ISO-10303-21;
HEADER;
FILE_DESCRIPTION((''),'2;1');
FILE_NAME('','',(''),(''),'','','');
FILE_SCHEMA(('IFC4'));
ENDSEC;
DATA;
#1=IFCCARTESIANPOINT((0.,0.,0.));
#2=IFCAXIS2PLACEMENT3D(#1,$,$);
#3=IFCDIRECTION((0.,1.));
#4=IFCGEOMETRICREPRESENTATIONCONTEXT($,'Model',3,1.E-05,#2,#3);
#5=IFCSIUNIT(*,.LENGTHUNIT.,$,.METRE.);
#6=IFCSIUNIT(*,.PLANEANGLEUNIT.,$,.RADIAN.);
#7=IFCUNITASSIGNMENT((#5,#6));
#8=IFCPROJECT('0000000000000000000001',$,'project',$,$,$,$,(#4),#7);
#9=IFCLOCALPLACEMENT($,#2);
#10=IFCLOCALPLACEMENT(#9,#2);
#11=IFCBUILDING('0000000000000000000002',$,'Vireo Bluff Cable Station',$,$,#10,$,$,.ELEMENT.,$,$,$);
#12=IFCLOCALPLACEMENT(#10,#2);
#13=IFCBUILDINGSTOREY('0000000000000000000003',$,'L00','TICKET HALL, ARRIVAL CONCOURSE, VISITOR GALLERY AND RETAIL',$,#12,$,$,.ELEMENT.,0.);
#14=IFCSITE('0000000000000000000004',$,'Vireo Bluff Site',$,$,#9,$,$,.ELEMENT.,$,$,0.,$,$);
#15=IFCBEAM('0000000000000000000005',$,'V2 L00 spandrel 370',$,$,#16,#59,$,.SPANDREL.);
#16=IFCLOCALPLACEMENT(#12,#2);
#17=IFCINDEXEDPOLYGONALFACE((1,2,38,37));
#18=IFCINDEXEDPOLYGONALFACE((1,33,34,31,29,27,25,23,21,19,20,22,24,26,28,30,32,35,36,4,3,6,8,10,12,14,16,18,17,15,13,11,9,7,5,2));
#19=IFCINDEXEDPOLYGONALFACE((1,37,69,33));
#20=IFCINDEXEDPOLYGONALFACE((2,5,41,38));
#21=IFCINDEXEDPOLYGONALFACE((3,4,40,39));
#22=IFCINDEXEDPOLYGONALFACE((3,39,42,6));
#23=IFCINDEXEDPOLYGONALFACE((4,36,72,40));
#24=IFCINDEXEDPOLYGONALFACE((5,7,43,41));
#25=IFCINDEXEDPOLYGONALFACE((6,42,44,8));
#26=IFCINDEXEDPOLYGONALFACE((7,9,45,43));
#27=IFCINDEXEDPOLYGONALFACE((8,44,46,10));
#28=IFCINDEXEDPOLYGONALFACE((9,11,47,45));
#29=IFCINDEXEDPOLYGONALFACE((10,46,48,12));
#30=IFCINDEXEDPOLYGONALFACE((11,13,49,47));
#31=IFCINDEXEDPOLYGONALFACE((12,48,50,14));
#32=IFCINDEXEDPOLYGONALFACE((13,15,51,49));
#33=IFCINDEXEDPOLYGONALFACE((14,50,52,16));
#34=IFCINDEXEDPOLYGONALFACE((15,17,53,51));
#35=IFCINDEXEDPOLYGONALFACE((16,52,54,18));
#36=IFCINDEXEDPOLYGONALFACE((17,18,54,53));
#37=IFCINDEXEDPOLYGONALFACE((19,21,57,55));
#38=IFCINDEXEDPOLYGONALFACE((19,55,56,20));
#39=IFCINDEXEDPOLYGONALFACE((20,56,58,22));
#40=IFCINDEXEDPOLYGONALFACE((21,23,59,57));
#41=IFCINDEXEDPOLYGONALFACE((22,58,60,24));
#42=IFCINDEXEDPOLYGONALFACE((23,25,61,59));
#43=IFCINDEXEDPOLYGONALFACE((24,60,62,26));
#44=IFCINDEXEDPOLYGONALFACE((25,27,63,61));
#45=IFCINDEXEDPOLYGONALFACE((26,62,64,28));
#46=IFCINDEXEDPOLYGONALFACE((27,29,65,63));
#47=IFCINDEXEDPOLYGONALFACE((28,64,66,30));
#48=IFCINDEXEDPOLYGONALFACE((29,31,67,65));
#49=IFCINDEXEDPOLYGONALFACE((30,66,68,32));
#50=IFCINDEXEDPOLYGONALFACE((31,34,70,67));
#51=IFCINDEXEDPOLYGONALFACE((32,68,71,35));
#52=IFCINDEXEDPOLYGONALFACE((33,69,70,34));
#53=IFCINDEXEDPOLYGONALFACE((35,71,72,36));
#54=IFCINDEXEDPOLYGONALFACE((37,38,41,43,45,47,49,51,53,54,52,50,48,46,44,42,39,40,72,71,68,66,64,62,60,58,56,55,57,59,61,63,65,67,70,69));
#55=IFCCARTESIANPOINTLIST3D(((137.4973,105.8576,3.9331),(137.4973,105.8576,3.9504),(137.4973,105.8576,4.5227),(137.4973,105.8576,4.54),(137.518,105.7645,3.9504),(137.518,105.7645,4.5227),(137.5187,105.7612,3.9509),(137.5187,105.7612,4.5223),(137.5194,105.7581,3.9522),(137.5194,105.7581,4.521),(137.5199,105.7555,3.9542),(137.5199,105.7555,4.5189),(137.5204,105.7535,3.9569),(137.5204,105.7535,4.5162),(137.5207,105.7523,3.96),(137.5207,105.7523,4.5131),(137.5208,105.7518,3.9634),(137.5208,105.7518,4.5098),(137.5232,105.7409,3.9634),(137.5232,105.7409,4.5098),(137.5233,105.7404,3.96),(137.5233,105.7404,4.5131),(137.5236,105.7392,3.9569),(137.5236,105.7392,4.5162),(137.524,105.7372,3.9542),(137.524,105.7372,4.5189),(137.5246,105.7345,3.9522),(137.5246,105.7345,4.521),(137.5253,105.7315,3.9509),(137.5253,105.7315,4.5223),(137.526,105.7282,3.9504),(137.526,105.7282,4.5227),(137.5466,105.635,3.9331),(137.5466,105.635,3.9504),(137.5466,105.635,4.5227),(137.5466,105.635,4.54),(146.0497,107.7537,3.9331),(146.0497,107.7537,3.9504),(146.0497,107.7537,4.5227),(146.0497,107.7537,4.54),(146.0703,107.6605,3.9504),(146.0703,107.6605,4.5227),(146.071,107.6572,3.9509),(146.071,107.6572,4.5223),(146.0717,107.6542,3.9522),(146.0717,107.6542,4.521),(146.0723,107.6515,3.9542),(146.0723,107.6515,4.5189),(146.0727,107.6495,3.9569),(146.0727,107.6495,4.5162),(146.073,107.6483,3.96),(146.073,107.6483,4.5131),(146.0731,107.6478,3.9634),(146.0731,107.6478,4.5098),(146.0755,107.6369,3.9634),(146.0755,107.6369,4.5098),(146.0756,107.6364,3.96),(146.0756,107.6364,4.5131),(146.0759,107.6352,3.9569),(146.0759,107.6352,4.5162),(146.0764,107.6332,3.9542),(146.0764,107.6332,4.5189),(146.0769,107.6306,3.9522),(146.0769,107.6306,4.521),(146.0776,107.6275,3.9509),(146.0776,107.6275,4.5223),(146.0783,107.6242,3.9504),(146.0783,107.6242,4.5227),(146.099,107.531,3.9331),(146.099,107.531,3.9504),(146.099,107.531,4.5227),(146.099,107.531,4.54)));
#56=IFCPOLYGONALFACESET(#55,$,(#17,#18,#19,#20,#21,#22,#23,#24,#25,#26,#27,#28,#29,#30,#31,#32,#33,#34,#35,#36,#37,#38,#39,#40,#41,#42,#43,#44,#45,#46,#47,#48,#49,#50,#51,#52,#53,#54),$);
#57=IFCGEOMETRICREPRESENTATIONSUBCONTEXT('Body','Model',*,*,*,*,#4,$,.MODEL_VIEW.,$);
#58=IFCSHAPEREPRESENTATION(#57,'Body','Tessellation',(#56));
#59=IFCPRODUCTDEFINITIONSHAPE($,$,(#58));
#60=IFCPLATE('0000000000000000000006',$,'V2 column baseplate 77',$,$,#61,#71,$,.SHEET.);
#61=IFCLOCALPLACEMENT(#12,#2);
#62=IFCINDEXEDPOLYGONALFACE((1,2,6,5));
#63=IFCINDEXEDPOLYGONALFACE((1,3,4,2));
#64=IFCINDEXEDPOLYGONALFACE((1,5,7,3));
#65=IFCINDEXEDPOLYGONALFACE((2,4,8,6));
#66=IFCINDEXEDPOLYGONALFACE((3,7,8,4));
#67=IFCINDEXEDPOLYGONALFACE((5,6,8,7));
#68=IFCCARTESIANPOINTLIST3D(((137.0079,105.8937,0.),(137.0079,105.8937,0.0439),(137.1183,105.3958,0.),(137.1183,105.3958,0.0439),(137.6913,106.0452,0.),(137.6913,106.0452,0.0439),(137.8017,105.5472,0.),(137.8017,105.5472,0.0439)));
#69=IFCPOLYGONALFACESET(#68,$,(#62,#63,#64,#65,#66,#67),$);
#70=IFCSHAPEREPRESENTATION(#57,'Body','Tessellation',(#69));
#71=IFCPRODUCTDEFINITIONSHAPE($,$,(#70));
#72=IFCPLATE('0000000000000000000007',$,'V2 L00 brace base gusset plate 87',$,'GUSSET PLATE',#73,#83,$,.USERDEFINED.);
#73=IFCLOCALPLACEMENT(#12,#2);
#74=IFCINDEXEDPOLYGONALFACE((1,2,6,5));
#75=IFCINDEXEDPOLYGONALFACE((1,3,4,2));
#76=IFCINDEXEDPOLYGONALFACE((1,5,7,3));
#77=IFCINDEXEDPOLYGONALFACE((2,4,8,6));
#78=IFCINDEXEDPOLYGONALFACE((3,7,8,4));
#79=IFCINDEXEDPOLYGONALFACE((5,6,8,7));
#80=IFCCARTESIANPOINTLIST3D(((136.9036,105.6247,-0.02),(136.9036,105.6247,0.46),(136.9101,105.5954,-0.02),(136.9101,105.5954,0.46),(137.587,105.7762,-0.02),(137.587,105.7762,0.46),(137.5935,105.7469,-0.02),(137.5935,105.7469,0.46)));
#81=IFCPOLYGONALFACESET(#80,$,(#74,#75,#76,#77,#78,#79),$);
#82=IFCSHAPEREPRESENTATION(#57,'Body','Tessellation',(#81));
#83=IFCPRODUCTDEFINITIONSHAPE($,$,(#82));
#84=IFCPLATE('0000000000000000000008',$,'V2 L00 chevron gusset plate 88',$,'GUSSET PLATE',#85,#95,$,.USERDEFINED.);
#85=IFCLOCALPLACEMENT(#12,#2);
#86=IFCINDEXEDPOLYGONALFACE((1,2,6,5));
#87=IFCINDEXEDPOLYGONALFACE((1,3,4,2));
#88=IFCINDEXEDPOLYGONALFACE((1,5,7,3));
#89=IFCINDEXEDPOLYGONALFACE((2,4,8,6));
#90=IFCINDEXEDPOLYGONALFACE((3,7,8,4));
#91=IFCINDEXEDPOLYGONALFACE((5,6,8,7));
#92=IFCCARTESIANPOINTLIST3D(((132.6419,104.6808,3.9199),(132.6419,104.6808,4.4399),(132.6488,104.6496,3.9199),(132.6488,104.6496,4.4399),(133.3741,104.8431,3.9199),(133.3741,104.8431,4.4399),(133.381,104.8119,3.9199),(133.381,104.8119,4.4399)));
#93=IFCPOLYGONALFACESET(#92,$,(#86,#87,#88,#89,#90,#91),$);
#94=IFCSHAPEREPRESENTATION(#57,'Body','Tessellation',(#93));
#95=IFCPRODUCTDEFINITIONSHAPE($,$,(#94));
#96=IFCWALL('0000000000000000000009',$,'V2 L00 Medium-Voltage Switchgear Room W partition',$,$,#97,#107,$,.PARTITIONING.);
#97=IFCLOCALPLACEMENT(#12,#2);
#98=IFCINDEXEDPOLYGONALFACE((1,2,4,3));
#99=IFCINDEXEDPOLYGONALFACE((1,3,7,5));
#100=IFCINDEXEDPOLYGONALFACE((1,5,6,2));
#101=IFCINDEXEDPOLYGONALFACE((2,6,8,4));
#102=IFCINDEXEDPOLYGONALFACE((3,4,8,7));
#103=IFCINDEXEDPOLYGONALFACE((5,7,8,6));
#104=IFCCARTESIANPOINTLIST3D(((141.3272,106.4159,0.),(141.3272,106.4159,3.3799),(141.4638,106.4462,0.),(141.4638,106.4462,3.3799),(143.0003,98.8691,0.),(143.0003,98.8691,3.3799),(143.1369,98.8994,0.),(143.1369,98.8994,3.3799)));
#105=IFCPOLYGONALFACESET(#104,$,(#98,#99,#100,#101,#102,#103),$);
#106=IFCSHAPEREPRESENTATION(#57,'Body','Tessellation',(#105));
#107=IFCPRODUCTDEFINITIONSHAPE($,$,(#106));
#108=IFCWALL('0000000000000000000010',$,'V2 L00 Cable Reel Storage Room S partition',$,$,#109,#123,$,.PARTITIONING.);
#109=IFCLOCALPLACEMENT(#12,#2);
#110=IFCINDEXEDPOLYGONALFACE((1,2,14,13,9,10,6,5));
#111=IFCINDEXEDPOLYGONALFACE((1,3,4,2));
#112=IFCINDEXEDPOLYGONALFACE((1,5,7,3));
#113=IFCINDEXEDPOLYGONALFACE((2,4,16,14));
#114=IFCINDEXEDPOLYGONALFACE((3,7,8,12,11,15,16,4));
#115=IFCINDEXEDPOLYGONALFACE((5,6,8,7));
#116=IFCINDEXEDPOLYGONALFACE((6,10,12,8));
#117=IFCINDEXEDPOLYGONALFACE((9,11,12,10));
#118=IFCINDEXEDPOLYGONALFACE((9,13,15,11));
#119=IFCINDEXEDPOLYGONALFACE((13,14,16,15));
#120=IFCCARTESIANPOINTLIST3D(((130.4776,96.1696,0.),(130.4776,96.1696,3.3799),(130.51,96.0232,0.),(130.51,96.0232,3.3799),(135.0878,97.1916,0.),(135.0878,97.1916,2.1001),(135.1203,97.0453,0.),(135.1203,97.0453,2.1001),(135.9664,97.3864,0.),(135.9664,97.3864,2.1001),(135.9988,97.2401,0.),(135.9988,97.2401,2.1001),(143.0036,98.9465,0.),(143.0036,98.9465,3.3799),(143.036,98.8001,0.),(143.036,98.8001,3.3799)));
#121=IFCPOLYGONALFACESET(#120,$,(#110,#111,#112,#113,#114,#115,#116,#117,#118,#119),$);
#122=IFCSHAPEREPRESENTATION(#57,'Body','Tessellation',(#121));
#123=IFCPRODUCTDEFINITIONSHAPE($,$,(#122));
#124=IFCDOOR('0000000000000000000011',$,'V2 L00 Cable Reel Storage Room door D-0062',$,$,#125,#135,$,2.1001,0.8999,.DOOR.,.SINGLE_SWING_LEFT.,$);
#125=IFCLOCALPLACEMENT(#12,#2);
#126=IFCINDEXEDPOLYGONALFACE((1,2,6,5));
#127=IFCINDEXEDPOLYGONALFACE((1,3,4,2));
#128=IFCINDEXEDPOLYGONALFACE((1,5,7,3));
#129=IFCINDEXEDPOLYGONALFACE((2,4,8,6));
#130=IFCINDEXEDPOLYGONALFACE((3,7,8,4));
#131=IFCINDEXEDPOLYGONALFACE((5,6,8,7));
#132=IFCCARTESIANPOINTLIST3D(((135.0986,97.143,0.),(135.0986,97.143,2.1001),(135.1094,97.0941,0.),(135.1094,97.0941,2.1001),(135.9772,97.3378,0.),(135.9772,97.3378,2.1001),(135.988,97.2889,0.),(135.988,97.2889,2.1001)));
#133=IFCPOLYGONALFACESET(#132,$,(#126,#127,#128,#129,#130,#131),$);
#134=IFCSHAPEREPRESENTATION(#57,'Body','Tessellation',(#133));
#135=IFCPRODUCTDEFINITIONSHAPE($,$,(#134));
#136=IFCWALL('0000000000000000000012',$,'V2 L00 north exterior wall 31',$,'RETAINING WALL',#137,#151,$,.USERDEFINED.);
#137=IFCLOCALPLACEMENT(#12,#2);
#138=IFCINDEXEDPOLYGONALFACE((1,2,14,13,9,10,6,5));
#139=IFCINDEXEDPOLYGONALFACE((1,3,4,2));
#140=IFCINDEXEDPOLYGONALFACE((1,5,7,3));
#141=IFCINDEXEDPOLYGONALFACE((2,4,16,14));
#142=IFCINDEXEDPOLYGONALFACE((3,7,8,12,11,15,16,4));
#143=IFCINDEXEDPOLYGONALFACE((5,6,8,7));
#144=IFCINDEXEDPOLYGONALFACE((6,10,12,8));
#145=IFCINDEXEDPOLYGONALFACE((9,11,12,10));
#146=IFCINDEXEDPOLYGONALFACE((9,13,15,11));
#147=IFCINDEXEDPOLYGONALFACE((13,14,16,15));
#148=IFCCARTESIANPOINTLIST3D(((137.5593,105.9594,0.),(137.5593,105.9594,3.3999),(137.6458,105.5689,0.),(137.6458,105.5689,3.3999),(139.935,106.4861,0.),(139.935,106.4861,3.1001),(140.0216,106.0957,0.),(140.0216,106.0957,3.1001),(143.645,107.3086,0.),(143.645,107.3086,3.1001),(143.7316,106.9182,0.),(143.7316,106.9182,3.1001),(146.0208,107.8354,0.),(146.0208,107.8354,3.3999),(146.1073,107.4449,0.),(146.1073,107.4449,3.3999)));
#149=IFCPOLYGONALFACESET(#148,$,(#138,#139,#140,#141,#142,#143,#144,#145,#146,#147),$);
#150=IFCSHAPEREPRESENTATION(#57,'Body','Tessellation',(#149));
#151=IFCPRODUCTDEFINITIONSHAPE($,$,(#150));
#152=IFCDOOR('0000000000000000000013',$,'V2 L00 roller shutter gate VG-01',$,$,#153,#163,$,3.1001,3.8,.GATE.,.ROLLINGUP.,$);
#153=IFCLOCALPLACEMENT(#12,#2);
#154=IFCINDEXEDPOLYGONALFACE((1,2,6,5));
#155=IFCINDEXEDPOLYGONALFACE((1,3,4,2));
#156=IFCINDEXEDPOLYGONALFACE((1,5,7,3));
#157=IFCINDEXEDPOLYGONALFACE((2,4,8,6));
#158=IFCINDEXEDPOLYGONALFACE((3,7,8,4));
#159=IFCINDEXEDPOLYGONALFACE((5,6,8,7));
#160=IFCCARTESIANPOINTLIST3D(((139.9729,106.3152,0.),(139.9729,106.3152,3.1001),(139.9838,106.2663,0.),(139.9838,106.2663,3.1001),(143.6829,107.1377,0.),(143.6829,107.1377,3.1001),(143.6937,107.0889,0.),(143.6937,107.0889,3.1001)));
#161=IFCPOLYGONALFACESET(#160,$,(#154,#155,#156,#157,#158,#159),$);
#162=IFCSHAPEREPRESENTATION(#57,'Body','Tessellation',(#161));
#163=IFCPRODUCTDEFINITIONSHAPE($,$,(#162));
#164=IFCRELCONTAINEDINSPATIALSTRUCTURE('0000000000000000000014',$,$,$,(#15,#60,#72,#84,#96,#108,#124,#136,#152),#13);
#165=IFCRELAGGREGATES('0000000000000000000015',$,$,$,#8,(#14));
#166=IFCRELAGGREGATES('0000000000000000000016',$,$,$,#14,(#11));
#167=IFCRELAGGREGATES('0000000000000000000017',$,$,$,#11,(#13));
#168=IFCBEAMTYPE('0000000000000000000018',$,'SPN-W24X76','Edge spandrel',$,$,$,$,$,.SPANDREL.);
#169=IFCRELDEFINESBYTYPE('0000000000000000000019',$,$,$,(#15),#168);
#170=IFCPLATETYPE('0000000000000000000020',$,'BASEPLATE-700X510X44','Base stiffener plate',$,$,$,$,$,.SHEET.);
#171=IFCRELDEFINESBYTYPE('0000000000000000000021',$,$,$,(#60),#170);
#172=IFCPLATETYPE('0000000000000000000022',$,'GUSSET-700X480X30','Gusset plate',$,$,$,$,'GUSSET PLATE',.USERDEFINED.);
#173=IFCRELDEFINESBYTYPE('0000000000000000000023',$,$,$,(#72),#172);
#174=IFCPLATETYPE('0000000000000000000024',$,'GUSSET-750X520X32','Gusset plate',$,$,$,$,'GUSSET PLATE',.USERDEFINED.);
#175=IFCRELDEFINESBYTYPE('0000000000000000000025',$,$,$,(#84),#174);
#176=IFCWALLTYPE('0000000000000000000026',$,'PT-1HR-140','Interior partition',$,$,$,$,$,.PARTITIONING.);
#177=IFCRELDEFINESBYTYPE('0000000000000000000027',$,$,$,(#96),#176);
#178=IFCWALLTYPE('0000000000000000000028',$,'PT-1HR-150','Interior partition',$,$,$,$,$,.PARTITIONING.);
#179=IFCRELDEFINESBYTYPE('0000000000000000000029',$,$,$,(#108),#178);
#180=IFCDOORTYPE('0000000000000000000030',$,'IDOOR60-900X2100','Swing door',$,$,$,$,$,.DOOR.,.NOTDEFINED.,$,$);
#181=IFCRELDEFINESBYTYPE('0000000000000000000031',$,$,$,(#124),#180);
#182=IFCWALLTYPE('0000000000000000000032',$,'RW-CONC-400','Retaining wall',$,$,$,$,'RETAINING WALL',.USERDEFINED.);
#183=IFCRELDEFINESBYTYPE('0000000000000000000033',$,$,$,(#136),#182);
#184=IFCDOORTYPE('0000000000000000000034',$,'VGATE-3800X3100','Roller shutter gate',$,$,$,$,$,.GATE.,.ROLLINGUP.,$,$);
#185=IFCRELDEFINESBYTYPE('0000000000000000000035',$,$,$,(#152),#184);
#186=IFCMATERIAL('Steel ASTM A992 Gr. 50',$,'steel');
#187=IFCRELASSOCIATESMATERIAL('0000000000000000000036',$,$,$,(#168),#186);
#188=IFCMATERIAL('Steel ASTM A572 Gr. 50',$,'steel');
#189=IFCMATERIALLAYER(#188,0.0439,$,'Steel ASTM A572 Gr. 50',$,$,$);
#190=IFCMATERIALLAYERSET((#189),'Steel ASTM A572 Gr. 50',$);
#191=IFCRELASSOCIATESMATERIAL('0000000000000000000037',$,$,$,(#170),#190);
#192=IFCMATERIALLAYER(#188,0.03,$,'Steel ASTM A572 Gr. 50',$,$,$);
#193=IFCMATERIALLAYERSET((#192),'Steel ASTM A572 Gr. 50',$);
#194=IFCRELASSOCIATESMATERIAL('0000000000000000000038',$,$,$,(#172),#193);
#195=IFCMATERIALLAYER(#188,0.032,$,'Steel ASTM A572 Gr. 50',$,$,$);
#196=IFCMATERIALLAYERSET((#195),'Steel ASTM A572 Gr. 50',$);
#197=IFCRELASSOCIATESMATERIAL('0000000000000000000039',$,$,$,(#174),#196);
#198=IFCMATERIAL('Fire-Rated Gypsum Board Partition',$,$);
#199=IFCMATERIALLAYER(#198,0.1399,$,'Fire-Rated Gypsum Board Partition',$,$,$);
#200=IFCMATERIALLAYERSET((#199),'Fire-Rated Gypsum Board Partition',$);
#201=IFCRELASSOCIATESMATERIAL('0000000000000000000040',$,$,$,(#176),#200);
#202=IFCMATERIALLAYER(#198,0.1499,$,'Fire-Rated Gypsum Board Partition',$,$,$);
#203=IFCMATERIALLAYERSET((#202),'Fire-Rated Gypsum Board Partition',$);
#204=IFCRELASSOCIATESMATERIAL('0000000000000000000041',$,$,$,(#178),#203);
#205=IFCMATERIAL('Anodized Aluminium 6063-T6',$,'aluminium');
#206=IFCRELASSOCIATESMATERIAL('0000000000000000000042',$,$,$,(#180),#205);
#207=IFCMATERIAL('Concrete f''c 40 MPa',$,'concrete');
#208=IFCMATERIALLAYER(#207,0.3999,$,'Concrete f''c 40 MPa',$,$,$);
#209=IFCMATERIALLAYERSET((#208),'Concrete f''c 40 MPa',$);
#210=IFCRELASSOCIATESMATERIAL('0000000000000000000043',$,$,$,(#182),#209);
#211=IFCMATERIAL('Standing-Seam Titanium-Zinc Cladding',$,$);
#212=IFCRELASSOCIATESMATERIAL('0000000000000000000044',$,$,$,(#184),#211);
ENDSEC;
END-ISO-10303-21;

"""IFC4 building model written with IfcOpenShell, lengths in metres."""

from ifc_helpers import new_model, si_unit, direction, frame, frame_2d, origin, origin_with_axes, origin_2d, place, context, subcontext, project, spatial, rectangle, i_section, extrude, material, layer, layer_set, material_profile, profile_set, type_object, element, fill, save


model = new_model("IFC4")

# Units and contexts
model_context = context("Model", 3, precision=1e-05, world=origin(), true_north=direction((0.0, 1.0)))
body_context = subcontext(model_context, "Body", "Model", "MODEL_VIEW")
ifc_project = project(units=[si_unit("LENGTHUNIT", "METRE"), si_unit("PLANEANGLEUNIT", "RADIAN")], contexts=[model_context])

# Site, building, storey
site_placement = place(None, origin())
site = spatial("IfcSite", under=ifc_project, at=site_placement, Name="Vireo Bluff Site", CompositionType="ELEMENT", RefElevation=0.0)
building_placement = place(site_placement, origin())
building = spatial("IfcBuilding", under=site, at=building_placement, Name="Vireo Bluff Cable Station", CompositionType="ELEMENT")
storey_placement = place(building_placement, origin())
storey = spatial("IfcBuildingStorey", under=building, at=storey_placement, Name="L00", Description="TICKET HALL, ARRIVAL CONCOURSE, VISITOR GALLERY AND RETAIL", CompositionType="ELEMENT", Elevation=0.0)

# Shared definitions
ifc_material_1 = material(Name="Concrete f'c 40 MPa", Category="concrete")

# Shared definitions
ifc_material_2 = material(Name="Steel ASTM A992 Gr. 50", Category="steel")

# Beam
ifc_material_profile_1 = material_profile(ifc_material_2, i_section(OverallWidth=0.228, OverallDepth=0.6069, WebThickness=0.0112, FlangeThickness=0.0173, FilletRadius=0.0129, at=origin_2d()), Name="W24X76")
ifc_profile_set_1 = profile_set([ifc_material_profile_1], Name="Steel ASTM A992 Gr. 50")
beam_type_1 = type_object("IfcBeamType", Name="SPN-W24X76", Description="Edge spandrel", PredefinedType="SPANDREL", material=ifc_profile_set_1)
beam_1_placement = place(storey_placement, frame((137.522, 105.7463, 4.2366), z_axis=(0.976296, 0.216441, 0.0), x_axis=(-0.216441, 0.976296, 0.0)))
element("IfcBeam", 1, at=beam_1_placement, inside=storey, type_object=beam_type_1, Name="V2 L00 spandrel 370", PredefinedType="SPANDREL", context=body_context, shape_type="SweptSolid", body=[
    extrude(i_section(OverallWidth=0.228, OverallDepth=0.6069, WebThickness=0.0112, FlangeThickness=0.0173, FilletRadius=0.0129, at=origin_2d()), origin(), (0.0, 0.0, 1.0), 8.76),
])

# Plates
ifc_material_3 = material(Name="Steel ASTM A572 Gr. 50", Category="steel")
ifc_layer_1 = layer(ifc_material_3, 0.0439, Name="Steel ASTM A572 Gr. 50")
ifc_layer_set_1 = layer_set([ifc_layer_1], Name="Steel ASTM A572 Gr. 50")
plate_type_1 = type_object("IfcPlateType", Name="BASEPLATE-700X510X44", Description="Base stiffener plate", PredefinedType="SHEET", material=ifc_layer_set_1)
plate_1_placement = place(storey_placement, frame((137.4048, 105.7205, 0.0), z_axis=(0.0, 0.0, 1.0), x_axis=(0.976296, 0.21644, 0.0)))
element("IfcPlate", 2, at=plate_1_placement, inside=storey, type_object=plate_type_1, Name="V2 column baseplate 77", PredefinedType="SHEET", context=body_context, shape_type="SweptSolid", body=[
    extrude(rectangle(XDim=0.7, YDim=0.51, at=origin_2d()), origin(), (0.0, 0.0, 1.0), 0.0439),
])
ifc_layer_2 = layer(ifc_material_3, 0.03, Name="Steel ASTM A572 Gr. 50")
ifc_layer_set_2 = layer_set([ifc_layer_2], Name="Steel ASTM A572 Gr. 50")
plate_type_2 = type_object("IfcPlateType", Name="GUSSET-700X480X30", Description="Gusset plate", ElementType="GUSSET PLATE", PredefinedType="USERDEFINED", material=ifc_layer_set_2)
plate_2_placement = place(storey_placement, frame((137.2485, 105.6858, -0.02), z_axis=(0.0, 0.0, 1.0), x_axis=(0.976296, 0.21644, 0.0)))
element("IfcPlate", 3, at=plate_2_placement, inside=storey, type_object=plate_type_2, Name="V2 L00 brace base gusset plate 87", ObjectType="GUSSET PLATE", PredefinedType="USERDEFINED", context=body_context, shape_type="SweptSolid", body=[
    extrude(rectangle(XDim=0.7, YDim=0.03, at=origin_2d()), origin(), (0.0, 0.0, 1.0), 0.48),
])
ifc_layer_3 = layer(ifc_material_3, 0.032, Name="Steel ASTM A572 Gr. 50")
ifc_layer_set_3 = layer_set([ifc_layer_3], Name="Steel ASTM A572 Gr. 50")
plate_type_3 = type_object("IfcPlateType", Name="GUSSET-750X520X32", Description="Gusset plate", ElementType="GUSSET PLATE", PredefinedType="USERDEFINED", material=ifc_layer_set_3)
plate_3_placement = place(storey_placement, frame((133.0115, 104.7463, 3.9199), z_axis=(0.0, 0.0, 1.0), x_axis=(0.976296, 0.21644, 0.0)))
element("IfcPlate", 4, at=plate_3_placement, inside=storey, type_object=plate_type_3, Name="V2 L00 chevron gusset plate 88", ObjectType="GUSSET PLATE", PredefinedType="USERDEFINED", context=body_context, shape_type="SweptSolid", body=[
    extrude(rectangle(XDim=0.75, YDim=0.032, at=origin_2d()), origin(), (0.0, 0.0, 1.0), 0.52),
])

# Wall
ifc_material_4 = material(Name="Fire-Rated Gypsum Board Partition")
ifc_layer_4 = layer(ifc_material_4, 0.1399, Name="Fire-Rated Gypsum Board Partition")
ifc_layer_set_4 = layer_set([ifc_layer_4], Name="Fire-Rated Gypsum Board Partition")
wall_type_1 = type_object("IfcWallType", Name="PT-1HR-140", Description="Interior partition", PredefinedType="PARTITIONING", material=ifc_layer_set_4)
wall_1_placement = place(storey_placement, frame((143.0686, 98.8843, 0.0), z_axis=(0.0, 0.0, 1.0), x_axis=(-0.216446, 0.976295, 0.0)))
element("IfcWall", 5, at=wall_1_placement, inside=storey, type_object=wall_type_1, Name="V2 L00 Medium-Voltage Switchgear Room W partition", PredefinedType="PARTITIONING", context=body_context, shape_type="SweptSolid", body=[
    extrude(rectangle(XDim=7.73, YDim=0.1399, at=frame_2d((3.865, 0.0))), origin(), (0.0, 0.0, 1.0), 3.3799),
])

# Walls, openings, doors
ifc_layer_5 = layer(ifc_material_4, 0.1499, Name="Fire-Rated Gypsum Board Partition")
ifc_layer_set_5 = layer_set([ifc_layer_5], Name="Fire-Rated Gypsum Board Partition")
wall_type_2 = type_object("IfcWallType", Name="PT-1HR-150", Description="Interior partition", PredefinedType="PARTITIONING", material=ifc_layer_set_5)
wall_2_placement = place(storey_placement, frame((143.0198, 98.8733, 0.0), z_axis=(0.0, 0.0, 1.0), x_axis=(-0.976297, -0.216435, 0.0)))
wall_2 = element("IfcWall", 6, at=wall_2_placement, inside=storey, type_object=wall_type_2, Name="V2 L00 Cable Reel Storage Room S partition", PredefinedType="PARTITIONING", context=body_context, shape_type="SweptSolid", body=[
    extrude(rectangle(XDim=12.8301, YDim=0.1499, at=frame_2d((6.415, 0.0))), origin(), (0.0, 0.0, 1.0), 3.3799),
])
opening_1_placement = place(wall_2_placement, frame((7.208, 0.0, 0.0)))
opening_1 = element("IfcOpeningElement", 7, at=opening_1_placement, cuts=wall_2, PredefinedType="OPENING", context=body_context, shape_type="SweptSolid", body=[
    extrude(rectangle(XDim=0.8999, YDim=2.1001, at=frame_2d((0.45, 1.05))), frame((0.0, 0.085, 0.0), z_axis=(0.0, -1.0, 0.0), x_axis=(1.0, 0.0, 0.0)), (0.0, 0.0, 1.0), 0.1699),
])
ifc_material_5 = material(Name="Anodized Aluminium 6063-T6", Category="aluminium")
door_type_1 = type_object("IfcDoorType", Name="IDOOR60-900X2100", Description="Swing door", OperationType="NOTDEFINED", PredefinedType="DOOR", material=ifc_material_5)
door_1_placement = place(opening_1_placement, origin_with_axes())
door_1 = element("IfcDoor", 8, at=door_1_placement, inside=storey, type_object=door_type_1, Name="V2 L00 Cable Reel Storage Room door D-0062", OperationType="SINGLE_SWING_LEFT", OverallHeight=2.1001, OverallWidth=0.8999, PredefinedType="DOOR", context=body_context, shape_type="SweptSolid", body=[
    extrude(rectangle(XDim=0.8999, YDim=2.1001, at=frame_2d((0.45, 1.05))), frame((0.0, 0.0249, 0.0), z_axis=(0.0, -1.0, 0.0), x_axis=(1.0, 0.0, 0.0)), (0.0, 0.0, 1.0), 0.05),
])
fill(opening_1, door_1)
ifc_layer_6 = layer(ifc_material_1, 0.3999, Name="Concrete f'c 40 MPa")
ifc_layer_set_6 = layer_set([ifc_layer_6], Name="Concrete f'c 40 MPa")
wall_type_3 = type_object("IfcWallType", Name="RW-CONC-400", Description="Retaining wall", ElementType="RETAINING WALL", PredefinedType="USERDEFINED", material=ifc_layer_set_6)
wall_3_placement = place(storey_placement, frame((137.6025, 105.7642, 0.0), z_axis=(0.0, 0.0, 1.0), x_axis=(0.976293, 0.216453, 0.0)))
wall_3 = element("IfcWall", 9, at=wall_3_placement, inside=storey, type_object=wall_type_3, Name="V2 L00 north exterior wall 31", ObjectType="RETAINING WALL", PredefinedType="USERDEFINED", context=body_context, shape_type="SweptSolid", body=[
    extrude(rectangle(XDim=8.667, YDim=0.3999, at=frame_2d((4.3335, 0.0))), origin(), (0.0, 0.0, 1.0), 3.3999),
])
opening_2_placement = place(wall_3_placement, frame((2.4336, 0.0, 0.0)))
opening_2 = element("IfcOpeningElement", 10, at=opening_2_placement, cuts=wall_3, PredefinedType="OPENING", context=body_context, shape_type="SweptSolid", body=[
    extrude(rectangle(XDim=3.8, YDim=3.1001, at=frame_2d((1.8999, 1.55))), frame((0.0, 0.21, 0.0), z_axis=(0.0, -1.0, 0.0), x_axis=(1.0, 0.0, 0.0)), (0.0, 0.0, 1.0), 0.4199),
])
ifc_material_6 = material(Name="Standing-Seam Titanium-Zinc Cladding")
door_type_2 = type_object("IfcDoorType", Name="VGATE-3800X3100", Description="Roller shutter gate", OperationType="ROLLINGUP", PredefinedType="GATE", material=ifc_material_6)
door_2_placement = place(opening_2_placement, origin_with_axes())
door_2 = element("IfcDoor", 11, at=door_2_placement, inside=storey, type_object=door_type_2, Name="V2 L00 roller shutter gate VG-01", OperationType="ROLLINGUP", OverallHeight=3.1001, OverallWidth=3.8, PredefinedType="GATE", context=body_context, shape_type="SweptSolid", body=[
    extrude(rectangle(XDim=3.8, YDim=3.1001, at=frame_2d((1.8999, 1.55))), frame((0.0, 0.0249, 0.0), z_axis=(0.0, -1.0, 0.0), x_axis=(1.0, 0.0, 0.0)), (0.0, 0.0, 1.0), 0.05),
])
fill(opening_2, door_2)

save(model, "model.ifc")
